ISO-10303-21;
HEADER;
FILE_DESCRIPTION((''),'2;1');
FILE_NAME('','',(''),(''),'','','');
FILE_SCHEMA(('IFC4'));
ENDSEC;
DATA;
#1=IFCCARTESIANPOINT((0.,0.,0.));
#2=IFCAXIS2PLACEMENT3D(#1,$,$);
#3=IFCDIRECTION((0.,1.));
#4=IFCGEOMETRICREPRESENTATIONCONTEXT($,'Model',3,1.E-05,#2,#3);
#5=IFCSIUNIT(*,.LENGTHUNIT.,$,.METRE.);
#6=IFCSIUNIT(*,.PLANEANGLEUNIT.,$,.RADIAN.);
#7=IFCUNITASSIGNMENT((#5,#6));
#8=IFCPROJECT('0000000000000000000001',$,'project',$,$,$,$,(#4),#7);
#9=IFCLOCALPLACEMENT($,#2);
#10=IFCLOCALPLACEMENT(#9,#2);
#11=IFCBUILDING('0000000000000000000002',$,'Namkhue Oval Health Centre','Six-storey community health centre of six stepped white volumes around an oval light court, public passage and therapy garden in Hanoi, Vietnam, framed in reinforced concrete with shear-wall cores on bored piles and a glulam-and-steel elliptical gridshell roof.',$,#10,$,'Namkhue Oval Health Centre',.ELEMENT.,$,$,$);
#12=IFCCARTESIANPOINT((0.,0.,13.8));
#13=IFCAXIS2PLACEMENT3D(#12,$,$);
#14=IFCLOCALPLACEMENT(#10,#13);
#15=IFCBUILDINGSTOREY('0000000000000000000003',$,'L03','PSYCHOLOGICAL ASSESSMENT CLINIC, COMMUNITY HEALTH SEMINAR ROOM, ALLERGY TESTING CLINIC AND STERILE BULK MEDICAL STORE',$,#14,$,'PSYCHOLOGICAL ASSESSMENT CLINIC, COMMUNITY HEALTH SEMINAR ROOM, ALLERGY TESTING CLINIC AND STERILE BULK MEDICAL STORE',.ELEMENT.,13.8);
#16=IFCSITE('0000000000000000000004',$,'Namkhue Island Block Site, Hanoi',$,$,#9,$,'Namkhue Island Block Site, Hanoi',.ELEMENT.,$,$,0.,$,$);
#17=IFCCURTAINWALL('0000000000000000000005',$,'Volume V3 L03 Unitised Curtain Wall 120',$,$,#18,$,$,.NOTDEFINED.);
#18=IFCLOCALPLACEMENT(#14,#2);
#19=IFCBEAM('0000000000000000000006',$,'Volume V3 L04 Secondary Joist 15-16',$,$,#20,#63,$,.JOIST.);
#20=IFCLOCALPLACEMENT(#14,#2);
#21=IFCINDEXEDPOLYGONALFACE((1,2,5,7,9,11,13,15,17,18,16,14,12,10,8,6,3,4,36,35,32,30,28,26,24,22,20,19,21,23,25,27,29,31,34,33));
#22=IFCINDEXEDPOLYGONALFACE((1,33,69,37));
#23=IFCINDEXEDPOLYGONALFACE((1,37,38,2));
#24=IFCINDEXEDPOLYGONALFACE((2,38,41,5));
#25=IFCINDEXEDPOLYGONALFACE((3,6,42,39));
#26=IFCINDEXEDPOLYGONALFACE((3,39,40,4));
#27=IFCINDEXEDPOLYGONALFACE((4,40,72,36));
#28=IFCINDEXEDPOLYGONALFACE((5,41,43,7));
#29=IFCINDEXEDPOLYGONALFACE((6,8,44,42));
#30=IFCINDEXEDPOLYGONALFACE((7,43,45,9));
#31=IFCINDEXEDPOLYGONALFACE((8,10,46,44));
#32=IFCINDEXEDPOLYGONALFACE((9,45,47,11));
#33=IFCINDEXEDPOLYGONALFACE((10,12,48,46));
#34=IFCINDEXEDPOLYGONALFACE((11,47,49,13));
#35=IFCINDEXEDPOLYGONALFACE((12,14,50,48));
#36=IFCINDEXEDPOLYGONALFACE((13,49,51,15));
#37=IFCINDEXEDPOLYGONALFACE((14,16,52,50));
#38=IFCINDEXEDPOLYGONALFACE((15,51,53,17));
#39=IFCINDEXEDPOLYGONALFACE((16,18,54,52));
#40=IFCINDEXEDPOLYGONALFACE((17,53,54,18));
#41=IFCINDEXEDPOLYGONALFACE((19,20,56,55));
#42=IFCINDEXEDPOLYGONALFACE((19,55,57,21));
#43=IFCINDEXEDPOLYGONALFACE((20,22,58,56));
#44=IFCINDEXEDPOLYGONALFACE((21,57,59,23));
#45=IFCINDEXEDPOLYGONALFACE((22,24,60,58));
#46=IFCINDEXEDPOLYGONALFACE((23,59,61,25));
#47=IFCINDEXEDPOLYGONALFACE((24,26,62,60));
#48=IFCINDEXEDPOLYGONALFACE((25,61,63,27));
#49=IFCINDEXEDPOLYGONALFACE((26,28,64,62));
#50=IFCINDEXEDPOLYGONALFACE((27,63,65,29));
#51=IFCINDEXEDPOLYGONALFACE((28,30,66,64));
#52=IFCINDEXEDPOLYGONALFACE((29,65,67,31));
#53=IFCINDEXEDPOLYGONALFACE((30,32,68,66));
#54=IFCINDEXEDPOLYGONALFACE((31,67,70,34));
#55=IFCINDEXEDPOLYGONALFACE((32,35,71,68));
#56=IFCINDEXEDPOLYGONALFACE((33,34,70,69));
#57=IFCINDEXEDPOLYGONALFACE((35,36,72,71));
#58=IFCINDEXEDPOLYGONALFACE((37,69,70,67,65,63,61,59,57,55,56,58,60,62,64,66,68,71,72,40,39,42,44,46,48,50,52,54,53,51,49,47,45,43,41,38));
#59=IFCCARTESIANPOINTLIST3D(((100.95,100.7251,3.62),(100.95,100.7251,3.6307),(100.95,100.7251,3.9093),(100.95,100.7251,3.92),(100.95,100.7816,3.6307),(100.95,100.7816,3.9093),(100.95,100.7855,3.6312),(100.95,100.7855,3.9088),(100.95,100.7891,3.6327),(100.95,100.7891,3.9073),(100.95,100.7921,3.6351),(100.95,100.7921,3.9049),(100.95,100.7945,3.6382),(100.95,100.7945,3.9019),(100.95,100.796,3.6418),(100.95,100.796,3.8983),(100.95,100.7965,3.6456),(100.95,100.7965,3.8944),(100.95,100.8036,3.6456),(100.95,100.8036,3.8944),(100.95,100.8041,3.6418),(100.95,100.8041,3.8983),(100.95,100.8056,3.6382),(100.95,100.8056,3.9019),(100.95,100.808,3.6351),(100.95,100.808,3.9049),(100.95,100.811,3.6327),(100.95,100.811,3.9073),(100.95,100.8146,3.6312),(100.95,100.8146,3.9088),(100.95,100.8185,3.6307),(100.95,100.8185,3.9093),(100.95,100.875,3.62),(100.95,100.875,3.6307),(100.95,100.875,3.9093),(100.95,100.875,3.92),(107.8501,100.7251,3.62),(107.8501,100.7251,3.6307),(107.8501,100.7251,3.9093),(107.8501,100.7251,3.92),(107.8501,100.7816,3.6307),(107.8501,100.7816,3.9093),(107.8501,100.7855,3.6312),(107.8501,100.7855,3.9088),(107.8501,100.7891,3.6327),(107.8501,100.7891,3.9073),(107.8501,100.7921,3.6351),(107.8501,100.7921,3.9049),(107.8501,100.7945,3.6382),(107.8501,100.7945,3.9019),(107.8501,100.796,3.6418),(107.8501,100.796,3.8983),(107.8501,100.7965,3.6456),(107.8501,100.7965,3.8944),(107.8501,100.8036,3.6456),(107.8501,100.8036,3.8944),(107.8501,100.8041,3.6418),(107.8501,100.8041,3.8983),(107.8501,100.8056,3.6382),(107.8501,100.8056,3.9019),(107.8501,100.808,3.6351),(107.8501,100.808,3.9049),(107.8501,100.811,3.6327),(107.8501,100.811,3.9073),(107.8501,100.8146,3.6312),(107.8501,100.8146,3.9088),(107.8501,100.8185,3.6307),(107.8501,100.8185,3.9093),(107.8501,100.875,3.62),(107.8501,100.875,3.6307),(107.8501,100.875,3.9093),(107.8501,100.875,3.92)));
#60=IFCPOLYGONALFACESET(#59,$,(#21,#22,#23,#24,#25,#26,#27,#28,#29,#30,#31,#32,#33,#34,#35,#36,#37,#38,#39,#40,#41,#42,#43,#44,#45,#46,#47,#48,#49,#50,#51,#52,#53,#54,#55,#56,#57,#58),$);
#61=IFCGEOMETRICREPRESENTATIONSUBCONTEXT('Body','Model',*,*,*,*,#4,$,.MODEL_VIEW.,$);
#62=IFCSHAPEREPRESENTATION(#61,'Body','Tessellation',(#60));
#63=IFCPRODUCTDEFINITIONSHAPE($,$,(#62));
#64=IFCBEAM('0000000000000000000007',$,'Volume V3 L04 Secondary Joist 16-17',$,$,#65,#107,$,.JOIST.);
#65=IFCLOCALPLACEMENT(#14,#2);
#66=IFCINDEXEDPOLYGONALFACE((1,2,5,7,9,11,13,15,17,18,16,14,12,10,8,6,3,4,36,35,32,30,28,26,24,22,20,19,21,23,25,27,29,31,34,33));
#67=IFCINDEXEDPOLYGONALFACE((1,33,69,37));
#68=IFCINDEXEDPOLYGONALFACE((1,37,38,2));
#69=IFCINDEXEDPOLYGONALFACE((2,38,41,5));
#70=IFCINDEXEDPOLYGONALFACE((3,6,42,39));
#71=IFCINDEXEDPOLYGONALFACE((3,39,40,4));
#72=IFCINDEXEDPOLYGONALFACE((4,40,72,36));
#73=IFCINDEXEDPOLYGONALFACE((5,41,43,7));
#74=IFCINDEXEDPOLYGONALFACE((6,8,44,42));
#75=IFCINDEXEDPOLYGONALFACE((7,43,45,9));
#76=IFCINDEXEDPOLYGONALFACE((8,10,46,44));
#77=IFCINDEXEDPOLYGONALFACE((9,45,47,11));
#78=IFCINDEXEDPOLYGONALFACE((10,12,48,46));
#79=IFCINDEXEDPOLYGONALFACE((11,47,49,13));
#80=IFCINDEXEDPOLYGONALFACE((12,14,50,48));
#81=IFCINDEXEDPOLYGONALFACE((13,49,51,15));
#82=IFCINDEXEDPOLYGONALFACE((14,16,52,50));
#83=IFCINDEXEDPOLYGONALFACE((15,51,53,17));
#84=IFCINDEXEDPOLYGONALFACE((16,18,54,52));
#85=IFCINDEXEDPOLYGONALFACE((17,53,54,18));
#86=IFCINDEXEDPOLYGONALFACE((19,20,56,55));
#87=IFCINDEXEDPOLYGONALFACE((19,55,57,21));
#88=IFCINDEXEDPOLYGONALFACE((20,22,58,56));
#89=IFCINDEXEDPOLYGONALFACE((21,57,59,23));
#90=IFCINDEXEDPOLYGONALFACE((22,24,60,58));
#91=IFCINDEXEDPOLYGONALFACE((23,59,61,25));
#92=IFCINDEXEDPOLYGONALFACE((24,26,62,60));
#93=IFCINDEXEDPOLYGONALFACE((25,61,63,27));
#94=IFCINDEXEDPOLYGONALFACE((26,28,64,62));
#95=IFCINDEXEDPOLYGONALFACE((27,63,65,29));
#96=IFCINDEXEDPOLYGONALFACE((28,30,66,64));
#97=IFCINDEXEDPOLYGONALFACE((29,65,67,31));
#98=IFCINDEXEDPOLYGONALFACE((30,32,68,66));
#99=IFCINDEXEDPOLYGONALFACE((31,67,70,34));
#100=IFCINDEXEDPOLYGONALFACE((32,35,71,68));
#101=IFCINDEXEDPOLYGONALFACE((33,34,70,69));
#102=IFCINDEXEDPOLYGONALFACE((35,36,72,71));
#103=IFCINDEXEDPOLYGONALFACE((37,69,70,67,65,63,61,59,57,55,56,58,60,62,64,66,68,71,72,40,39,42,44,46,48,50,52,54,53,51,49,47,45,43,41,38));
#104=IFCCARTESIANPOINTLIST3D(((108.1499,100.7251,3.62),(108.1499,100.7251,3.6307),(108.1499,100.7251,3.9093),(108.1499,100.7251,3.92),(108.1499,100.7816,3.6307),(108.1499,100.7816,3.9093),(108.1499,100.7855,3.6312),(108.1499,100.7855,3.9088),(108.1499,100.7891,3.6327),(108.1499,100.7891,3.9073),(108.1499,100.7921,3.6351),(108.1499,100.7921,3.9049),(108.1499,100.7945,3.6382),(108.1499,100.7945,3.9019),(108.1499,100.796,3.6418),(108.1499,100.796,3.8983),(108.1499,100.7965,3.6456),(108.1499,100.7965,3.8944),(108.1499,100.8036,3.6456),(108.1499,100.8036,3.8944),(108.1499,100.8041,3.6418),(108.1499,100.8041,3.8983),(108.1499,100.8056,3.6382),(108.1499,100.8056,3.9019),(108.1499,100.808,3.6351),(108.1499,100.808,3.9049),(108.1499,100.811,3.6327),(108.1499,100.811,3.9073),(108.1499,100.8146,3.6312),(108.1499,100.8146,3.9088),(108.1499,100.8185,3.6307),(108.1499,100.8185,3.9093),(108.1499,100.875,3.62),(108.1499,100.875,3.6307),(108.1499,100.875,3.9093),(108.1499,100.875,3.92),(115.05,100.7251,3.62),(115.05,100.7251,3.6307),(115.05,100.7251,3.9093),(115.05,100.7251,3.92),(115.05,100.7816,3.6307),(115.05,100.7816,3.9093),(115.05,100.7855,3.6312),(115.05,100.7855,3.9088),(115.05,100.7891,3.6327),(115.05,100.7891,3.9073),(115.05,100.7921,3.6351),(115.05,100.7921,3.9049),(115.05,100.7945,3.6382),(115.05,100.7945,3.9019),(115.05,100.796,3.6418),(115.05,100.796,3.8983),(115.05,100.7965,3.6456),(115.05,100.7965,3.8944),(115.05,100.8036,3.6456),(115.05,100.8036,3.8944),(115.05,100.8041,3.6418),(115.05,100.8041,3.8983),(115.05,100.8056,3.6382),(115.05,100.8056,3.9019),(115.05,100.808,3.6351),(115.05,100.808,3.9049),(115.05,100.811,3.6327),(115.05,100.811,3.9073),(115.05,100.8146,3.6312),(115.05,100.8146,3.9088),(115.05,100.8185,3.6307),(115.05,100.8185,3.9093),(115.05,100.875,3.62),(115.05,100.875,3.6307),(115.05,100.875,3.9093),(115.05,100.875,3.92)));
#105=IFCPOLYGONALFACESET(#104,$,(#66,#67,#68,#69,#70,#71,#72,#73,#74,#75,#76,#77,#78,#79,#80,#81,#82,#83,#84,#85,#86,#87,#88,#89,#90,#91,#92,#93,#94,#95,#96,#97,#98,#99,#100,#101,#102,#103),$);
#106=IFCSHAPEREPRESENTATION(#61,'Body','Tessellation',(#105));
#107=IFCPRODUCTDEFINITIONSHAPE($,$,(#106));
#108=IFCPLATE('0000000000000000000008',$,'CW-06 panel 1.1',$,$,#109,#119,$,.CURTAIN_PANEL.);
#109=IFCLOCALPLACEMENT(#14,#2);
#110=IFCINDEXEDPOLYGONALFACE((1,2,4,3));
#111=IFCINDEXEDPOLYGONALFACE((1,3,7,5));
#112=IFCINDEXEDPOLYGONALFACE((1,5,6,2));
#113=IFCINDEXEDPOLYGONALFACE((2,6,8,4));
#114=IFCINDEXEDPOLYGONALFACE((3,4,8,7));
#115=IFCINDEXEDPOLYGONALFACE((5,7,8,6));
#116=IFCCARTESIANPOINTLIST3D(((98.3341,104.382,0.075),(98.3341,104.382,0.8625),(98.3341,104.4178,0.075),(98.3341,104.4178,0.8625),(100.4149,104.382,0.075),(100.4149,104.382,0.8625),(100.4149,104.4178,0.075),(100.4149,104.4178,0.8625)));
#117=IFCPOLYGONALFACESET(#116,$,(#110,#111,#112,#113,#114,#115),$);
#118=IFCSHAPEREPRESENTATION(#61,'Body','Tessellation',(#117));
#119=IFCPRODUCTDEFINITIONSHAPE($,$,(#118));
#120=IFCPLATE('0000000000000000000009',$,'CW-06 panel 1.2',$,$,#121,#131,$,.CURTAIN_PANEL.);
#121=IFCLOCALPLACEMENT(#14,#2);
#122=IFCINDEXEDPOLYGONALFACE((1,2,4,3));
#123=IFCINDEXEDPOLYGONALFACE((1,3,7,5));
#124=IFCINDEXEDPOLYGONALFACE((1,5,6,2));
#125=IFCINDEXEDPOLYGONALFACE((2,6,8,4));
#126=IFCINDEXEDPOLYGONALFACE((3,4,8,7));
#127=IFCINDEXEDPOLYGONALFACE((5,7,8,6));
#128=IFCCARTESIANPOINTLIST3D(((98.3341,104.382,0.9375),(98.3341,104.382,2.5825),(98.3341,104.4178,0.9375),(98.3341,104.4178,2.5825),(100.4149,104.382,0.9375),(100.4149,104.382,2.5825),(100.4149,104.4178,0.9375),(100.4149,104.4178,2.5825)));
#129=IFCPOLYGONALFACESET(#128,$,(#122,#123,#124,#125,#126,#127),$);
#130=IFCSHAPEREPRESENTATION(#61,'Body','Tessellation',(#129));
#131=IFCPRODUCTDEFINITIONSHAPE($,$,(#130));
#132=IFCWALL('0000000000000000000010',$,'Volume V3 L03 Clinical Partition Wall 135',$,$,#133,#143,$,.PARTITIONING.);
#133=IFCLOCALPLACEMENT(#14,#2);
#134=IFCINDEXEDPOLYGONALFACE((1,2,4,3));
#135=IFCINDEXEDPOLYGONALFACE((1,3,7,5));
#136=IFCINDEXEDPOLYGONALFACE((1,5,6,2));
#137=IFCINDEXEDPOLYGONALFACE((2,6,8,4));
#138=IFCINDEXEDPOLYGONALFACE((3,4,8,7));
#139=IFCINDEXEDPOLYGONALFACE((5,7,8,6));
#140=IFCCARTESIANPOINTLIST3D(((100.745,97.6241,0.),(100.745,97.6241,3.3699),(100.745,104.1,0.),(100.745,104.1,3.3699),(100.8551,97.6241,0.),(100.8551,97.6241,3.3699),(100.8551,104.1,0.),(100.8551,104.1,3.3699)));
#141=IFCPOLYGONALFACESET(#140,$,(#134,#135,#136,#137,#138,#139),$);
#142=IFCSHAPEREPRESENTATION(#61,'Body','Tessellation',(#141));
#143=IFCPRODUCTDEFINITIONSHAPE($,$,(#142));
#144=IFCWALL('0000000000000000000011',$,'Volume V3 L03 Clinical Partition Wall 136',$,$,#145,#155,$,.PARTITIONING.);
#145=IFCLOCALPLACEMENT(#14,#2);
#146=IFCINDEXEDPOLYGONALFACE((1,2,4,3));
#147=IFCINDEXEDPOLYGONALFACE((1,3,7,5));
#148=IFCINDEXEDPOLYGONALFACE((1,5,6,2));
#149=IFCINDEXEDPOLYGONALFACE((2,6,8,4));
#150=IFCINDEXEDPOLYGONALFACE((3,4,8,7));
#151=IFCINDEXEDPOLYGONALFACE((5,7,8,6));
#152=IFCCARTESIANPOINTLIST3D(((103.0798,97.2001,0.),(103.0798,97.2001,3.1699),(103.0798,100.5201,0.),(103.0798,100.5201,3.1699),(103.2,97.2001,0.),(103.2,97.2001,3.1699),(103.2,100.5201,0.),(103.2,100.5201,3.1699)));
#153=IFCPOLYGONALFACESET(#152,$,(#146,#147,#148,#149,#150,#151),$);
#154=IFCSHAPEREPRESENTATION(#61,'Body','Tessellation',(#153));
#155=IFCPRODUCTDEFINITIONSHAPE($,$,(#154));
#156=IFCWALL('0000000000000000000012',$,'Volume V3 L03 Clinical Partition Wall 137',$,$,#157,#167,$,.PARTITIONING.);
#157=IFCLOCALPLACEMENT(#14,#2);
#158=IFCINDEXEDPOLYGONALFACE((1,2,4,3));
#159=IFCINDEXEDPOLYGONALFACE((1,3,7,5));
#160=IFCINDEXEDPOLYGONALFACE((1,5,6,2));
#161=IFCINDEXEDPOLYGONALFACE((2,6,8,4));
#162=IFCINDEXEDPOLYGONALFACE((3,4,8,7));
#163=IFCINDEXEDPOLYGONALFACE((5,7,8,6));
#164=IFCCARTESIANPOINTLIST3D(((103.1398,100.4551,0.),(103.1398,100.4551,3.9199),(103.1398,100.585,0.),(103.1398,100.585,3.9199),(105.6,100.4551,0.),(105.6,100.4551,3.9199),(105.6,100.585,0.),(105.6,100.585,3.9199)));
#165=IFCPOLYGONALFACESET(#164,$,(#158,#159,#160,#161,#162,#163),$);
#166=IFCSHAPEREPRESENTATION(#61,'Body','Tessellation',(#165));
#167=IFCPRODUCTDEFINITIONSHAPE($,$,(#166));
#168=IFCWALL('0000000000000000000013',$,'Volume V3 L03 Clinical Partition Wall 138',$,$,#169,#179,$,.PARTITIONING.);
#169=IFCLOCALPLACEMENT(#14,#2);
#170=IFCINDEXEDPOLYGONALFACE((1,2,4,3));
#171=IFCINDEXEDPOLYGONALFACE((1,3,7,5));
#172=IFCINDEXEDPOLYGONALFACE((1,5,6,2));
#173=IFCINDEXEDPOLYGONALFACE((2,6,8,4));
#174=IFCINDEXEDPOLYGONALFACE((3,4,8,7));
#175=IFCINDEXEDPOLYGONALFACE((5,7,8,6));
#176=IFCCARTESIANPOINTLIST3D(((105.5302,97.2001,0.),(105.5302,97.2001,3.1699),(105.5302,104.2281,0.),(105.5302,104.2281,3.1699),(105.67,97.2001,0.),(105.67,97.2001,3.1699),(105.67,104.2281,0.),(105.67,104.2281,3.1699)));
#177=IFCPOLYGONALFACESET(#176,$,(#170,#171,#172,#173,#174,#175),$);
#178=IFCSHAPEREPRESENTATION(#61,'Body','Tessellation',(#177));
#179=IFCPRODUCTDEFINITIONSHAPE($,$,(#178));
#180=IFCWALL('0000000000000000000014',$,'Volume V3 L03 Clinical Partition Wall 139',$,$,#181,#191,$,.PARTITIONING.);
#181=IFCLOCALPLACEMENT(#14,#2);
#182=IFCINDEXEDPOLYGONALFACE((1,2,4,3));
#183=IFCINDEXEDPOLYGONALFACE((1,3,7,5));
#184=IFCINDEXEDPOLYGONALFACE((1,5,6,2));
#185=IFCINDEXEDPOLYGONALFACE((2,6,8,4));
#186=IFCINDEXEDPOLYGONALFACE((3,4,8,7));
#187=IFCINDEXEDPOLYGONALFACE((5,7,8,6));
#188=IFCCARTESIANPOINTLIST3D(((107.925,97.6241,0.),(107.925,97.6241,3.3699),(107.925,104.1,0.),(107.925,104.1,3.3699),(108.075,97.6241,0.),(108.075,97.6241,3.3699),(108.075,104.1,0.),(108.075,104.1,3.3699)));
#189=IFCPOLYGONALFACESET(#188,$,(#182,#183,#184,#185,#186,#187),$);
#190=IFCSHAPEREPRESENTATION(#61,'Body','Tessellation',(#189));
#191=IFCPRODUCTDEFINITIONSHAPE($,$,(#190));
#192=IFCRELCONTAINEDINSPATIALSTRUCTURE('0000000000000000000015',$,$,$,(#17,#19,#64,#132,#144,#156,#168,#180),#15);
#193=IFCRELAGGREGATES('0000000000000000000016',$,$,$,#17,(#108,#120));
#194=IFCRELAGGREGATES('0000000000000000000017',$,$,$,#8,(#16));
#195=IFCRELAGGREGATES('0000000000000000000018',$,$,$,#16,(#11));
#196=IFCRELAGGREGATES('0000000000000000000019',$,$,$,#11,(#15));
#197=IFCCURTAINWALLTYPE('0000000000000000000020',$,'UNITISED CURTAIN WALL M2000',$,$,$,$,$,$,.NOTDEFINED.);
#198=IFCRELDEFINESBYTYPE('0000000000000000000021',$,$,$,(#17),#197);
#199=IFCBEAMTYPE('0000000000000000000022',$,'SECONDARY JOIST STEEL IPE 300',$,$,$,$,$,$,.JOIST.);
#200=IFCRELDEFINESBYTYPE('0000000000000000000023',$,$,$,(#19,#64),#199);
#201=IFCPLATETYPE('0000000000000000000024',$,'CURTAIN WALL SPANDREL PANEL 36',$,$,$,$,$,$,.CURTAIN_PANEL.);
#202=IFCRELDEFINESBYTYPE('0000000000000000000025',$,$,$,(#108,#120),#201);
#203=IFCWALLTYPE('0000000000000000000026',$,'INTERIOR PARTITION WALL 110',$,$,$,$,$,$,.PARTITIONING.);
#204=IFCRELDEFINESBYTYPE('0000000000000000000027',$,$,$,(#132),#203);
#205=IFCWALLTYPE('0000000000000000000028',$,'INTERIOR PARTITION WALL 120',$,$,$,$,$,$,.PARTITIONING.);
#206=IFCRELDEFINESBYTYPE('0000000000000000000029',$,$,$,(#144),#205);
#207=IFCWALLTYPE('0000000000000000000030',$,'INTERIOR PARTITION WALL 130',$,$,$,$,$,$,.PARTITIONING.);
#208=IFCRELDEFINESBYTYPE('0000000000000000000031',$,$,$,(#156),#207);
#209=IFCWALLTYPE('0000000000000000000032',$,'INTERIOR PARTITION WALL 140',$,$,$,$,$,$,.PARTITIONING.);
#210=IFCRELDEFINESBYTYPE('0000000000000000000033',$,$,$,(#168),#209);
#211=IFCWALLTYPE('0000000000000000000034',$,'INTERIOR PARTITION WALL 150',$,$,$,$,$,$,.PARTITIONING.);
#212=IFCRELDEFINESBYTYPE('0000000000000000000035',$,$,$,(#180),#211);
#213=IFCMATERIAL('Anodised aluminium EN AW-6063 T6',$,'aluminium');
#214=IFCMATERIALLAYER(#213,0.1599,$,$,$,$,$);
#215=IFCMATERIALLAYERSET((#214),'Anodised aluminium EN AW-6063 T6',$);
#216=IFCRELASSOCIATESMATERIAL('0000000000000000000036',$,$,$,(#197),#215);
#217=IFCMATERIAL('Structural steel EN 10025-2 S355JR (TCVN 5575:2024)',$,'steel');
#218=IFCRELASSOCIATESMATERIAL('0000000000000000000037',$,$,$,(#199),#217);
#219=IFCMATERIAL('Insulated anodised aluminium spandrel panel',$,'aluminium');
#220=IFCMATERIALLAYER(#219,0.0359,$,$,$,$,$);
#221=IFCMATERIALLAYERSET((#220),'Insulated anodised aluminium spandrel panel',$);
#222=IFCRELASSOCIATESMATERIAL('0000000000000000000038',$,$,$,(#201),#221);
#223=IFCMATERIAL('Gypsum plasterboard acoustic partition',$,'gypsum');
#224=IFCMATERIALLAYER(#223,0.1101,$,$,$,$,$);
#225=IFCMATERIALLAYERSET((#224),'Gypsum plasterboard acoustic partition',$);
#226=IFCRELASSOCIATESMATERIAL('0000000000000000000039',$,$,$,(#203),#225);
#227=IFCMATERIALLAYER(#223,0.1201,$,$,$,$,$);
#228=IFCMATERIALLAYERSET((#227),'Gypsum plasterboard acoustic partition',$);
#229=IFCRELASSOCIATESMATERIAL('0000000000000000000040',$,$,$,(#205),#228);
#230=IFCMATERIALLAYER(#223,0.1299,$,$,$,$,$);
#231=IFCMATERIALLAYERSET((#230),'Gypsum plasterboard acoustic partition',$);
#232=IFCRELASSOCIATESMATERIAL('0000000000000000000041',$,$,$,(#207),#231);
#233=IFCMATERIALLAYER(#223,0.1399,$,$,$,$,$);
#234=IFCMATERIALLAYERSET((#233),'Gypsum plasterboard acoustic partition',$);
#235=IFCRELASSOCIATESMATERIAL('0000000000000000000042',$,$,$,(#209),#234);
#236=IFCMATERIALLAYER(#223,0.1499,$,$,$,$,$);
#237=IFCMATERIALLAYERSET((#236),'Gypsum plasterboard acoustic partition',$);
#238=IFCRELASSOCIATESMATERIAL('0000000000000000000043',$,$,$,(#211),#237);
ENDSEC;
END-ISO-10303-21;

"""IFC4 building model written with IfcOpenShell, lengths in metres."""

from ifc_helpers import new_model, si_unit, direction, frame, frame_2d, origin, origin_2d, place, context, subcontext, project, spatial, rectangle, i_section, extrude, material, layer, layer_set, material_profile, profile_set, type_object, element, aggregate, save


model = new_model("IFC4")

# Units and contexts
model_context = context("Model", 3, precision=1e-05, world=origin(), true_north=direction((0.0, 1.0)))
body_context = subcontext(model_context, "Body", "Model", "MODEL_VIEW")
ifc_project = project(units=[si_unit("LENGTHUNIT", "METRE"), si_unit("PLANEANGLEUNIT", "RADIAN")], contexts=[model_context])

# Site, building, storey
site_placement = place(None, origin())
site = spatial("IfcSite", under=ifc_project, at=site_placement, Name="Namkhue Island Block Site, Hanoi", LongName="Namkhue Island Block Site, Hanoi", CompositionType="ELEMENT", RefElevation=0.0)
building_placement = place(site_placement, origin())
building = spatial("IfcBuilding", under=site, at=building_placement, Name="Namkhue Oval Health Centre", Description="Six-storey community health centre of six stepped white volumes around an oval light court, public passage and therapy garden in Hanoi, Vietnam, framed in reinforced concrete with shear-wall cores on bored piles and a glulam-and-steel elliptical gridshell roof.", LongName="Namkhue Oval Health Centre", CompositionType="ELEMENT")
storey_placement = place(building_placement, frame((0.0, 0.0, 13.8)))
storey = spatial("IfcBuildingStorey", under=building, at=storey_placement, Name="L03", Description="PSYCHOLOGICAL ASSESSMENT CLINIC, COMMUNITY HEALTH SEMINAR ROOM, ALLERGY TESTING CLINIC AND STERILE BULK MEDICAL STORE", LongName="PSYCHOLOGICAL ASSESSMENT CLINIC, COMMUNITY HEALTH SEMINAR ROOM, ALLERGY TESTING CLINIC AND STERILE BULK MEDICAL STORE", CompositionType="ELEMENT", Elevation=13.8)

# Curtain wall
ifc_material_1 = material(Name="Anodised aluminium EN AW-6063 T6", Category="aluminium")
ifc_layer_1 = layer(ifc_material_1, 0.1599)
ifc_layer_set_1 = layer_set([ifc_layer_1], Name="Anodised aluminium EN AW-6063 T6")
curtain_wall_type = type_object("IfcCurtainWallType", Name="UNITISED CURTAIN WALL M2000", PredefinedType="NOTDEFINED", material=ifc_layer_set_1)
curtain_wall_placement = place(storey_placement, origin())
curtain_wall = element("IfcCurtainWall", 1, at=curtain_wall_placement, inside=storey, type_object=curtain_wall_type, Name="Volume V3 L03 Unitised Curtain Wall 120", PredefinedType="NOTDEFINED")

# Beams
ifc_material_2 = material(Name="Structural steel EN 10025-2 S355JR (TCVN 5575:2024)", Category="steel")
ifc_material_profile_1 = material_profile(ifc_material_2, i_section(OverallWidth=0.1499, OverallDepth=0.3, WebThickness=0.0071, FlangeThickness=0.0107, FilletRadius=0.0149, at=origin_2d()), Name="IPE 300")
ifc_profile_set_1 = profile_set([ifc_material_profile_1], Name="Structural steel EN 10025-2 S355JR (TCVN 5575:2024)")
beam_type_1 = type_object("IfcBeamType", Name="SECONDARY JOIST STEEL IPE 300", PredefinedType="JOIST", material=ifc_profile_set_1)
for number, where, z_axis, x_axis, name in (
    (2, (100.95, 100.8, 3.77), (1.0, 0.0, 0.0), (0.0, 1.0, 0.0), "Volume V3 L04 Secondary Joist 15-16"),
    (3, (108.1499, 100.8, 3.77), (1.0, 0.0, 0.0), (0.0, 1.0, 0.0), "Volume V3 L04 Secondary Joist 16-17"),
):
    element("IfcBeam", number, at=place(storey_placement, frame(where, z_axis=z_axis, x_axis=x_axis)), inside=storey, type_object=beam_type_1, Name=name, PredefinedType="JOIST", context=body_context, shape_type="SweptSolid", body=[
        extrude(i_section(OverallWidth=0.1499, OverallDepth=0.3, WebThickness=0.0071, FlangeThickness=0.0107, FilletRadius=0.0149, at=origin_2d()), origin(), (0.0, 0.0, 1.0), 6.9001),
    ])

# Plates
ifc_material_3 = material(Name="Insulated anodised aluminium spandrel panel", Category="aluminium")
ifc_layer_2 = layer(ifc_material_3, 0.0359)
ifc_layer_set_2 = layer_set([ifc_layer_2], Name="Insulated anodised aluminium spandrel panel")
plate_type = type_object("IfcPlateType", Name="CURTAIN WALL SPANDREL PANEL 36", PredefinedType="CURTAIN_PANEL", material=ifc_layer_set_2)
plate_1_placement = place(storey_placement, frame((99.3745, 104.3999, 0.075), z_axis=(0.0, 0.0, 1.0), x_axis=(-1.0, 0.0, 0.0)))
plate_1 = element("IfcPlate", 4, at=plate_1_placement, type_object=plate_type, Name="CW-06 panel 1.1", PredefinedType="CURTAIN_PANEL", context=body_context, shape_type="SweptSolid", body=[
    extrude(rectangle(XDim=2.0808, YDim=0.0359, at=origin_2d()), origin(), (0.0, 0.0, 1.0), 0.7876),
])
plate_2_placement = place(storey_placement, frame((99.3745, 104.3999, 0.9375), z_axis=(0.0, 0.0, 1.0), x_axis=(-1.0, 0.0, 0.0)))
plate_2 = element("IfcPlate", 5, at=plate_2_placement, type_object=plate_type, Name="CW-06 panel 1.2", PredefinedType="CURTAIN_PANEL", context=body_context, shape_type="SweptSolid", body=[
    extrude(rectangle(XDim=2.0808, YDim=0.0359, at=origin_2d()), origin(), (0.0, 0.0, 1.0), 1.645),
])
aggregate(curtain_wall, [plate_1, plate_2])

# Walls
ifc_material_4 = material(Name="Gypsum plasterboard acoustic partition", Category="gypsum")
ifc_layer_3 = layer(ifc_material_4, 0.1101)
ifc_layer_set_3 = layer_set([ifc_layer_3], Name="Gypsum plasterboard acoustic partition")
wall_type_1 = type_object("IfcWallType", Name="INTERIOR PARTITION WALL 110", PredefinedType="PARTITIONING", material=ifc_layer_set_3)
wall_1_placement = place(storey_placement, frame((100.8, 97.6243, 0.0), z_axis=(0.0, 0.0, 1.0), x_axis=(0.0, 1.0, 0.0)))
element("IfcWall", 6, at=wall_1_placement, inside=storey, type_object=wall_type_1, Name="Volume V3 L03 Clinical Partition Wall 135", PredefinedType="PARTITIONING", context=body_context, shape_type="SweptSolid", body=[
    extrude(rectangle(XDim=6.4758, YDim=0.1101, at=frame_2d((3.2378, 0.0))), origin(), (0.0, 0.0, 1.0), 3.3699),
])
ifc_layer_4 = layer(ifc_material_4, 0.1201)
ifc_layer_set_4 = layer_set([ifc_layer_4], Name="Gypsum plasterboard acoustic partition")
wall_type_2 = type_object("IfcWallType", Name="INTERIOR PARTITION WALL 120", PredefinedType="PARTITIONING", material=ifc_layer_set_4)
wall_2_placement = place(storey_placement, frame((103.1399, 97.2, 0.0), z_axis=(0.0, 0.0, 1.0), x_axis=(0.0, 1.0, 0.0)))
element("IfcWall", 7, at=wall_2_placement, inside=storey, type_object=wall_type_2, Name="Volume V3 L03 Clinical Partition Wall 136", PredefinedType="PARTITIONING", context=body_context, shape_type="SweptSolid", body=[
    extrude(rectangle(XDim=3.3201, YDim=0.1201, at=frame_2d((1.6602, 0.0))), origin(), (0.0, 0.0, 1.0), 3.1699),
])
ifc_layer_5 = layer(ifc_material_4, 0.1299)
ifc_layer_set_5 = layer_set([ifc_layer_5], Name="Gypsum plasterboard acoustic partition")
wall_type_3 = type_object("IfcWallType", Name="INTERIOR PARTITION WALL 130", PredefinedType="PARTITIONING", material=ifc_layer_set_5)
wall_3_placement = place(storey_placement, frame((103.1399, 100.52, 0.0), z_axis=(0.0, 0.0, 1.0), x_axis=(1.0, 0.0, 0.0)))
element("IfcWall", 8, at=wall_3_placement, inside=storey, type_object=wall_type_3, Name="Volume V3 L03 Clinical Partition Wall 137", PredefinedType="PARTITIONING", context=body_context, shape_type="SweptSolid", body=[
    extrude(rectangle(XDim=2.4602, YDim=0.1299, at=frame_2d((1.23, 0.0))), origin(), (0.0, 0.0, 1.0), 3.9199),
])
ifc_layer_6 = layer(ifc_material_4, 0.1399)
ifc_layer_set_6 = layer_set([ifc_layer_6], Name="Gypsum plasterboard acoustic partition")
wall_type_4 = type_object("IfcWallType", Name="INTERIOR PARTITION WALL 140", PredefinedType="PARTITIONING", material=ifc_layer_set_6)
wall_4_placement = place(storey_placement, frame((105.6001, 97.2, 0.0), z_axis=(0.0, 0.0, 1.0), x_axis=(0.0, 1.0, 0.0)))
element("IfcWall", 9, at=wall_4_placement, inside=storey, type_object=wall_type_4, Name="Volume V3 L03 Clinical Partition Wall 138", PredefinedType="PARTITIONING", context=body_context, shape_type="SweptSolid", body=[
    extrude(rectangle(XDim=7.0281, YDim=0.1399, at=frame_2d((3.5142, 0.0))), origin(), (0.0, 0.0, 1.0), 3.1699),
])
ifc_layer_7 = layer(ifc_material_4, 0.1499)
ifc_layer_set_7 = layer_set([ifc_layer_7], Name="Gypsum plasterboard acoustic partition")
wall_type_5 = type_object("IfcWallType", Name="INTERIOR PARTITION WALL 150", PredefinedType="PARTITIONING", material=ifc_layer_set_7)
wall_5_placement = place(storey_placement, frame((108.0, 97.6243, 0.0), z_axis=(0.0, 0.0, 1.0), x_axis=(0.0, 1.0, 0.0)))
element("IfcWall", 10, at=wall_5_placement, inside=storey, type_object=wall_type_5, Name="Volume V3 L03 Clinical Partition Wall 139", PredefinedType="PARTITIONING", context=body_context, shape_type="SweptSolid", body=[
    extrude(rectangle(XDim=6.4758, YDim=0.1499, at=frame_2d((3.2378, 0.0))), origin(), (0.0, 0.0, 1.0), 3.3699),
])

save(model, "model.ifc")
